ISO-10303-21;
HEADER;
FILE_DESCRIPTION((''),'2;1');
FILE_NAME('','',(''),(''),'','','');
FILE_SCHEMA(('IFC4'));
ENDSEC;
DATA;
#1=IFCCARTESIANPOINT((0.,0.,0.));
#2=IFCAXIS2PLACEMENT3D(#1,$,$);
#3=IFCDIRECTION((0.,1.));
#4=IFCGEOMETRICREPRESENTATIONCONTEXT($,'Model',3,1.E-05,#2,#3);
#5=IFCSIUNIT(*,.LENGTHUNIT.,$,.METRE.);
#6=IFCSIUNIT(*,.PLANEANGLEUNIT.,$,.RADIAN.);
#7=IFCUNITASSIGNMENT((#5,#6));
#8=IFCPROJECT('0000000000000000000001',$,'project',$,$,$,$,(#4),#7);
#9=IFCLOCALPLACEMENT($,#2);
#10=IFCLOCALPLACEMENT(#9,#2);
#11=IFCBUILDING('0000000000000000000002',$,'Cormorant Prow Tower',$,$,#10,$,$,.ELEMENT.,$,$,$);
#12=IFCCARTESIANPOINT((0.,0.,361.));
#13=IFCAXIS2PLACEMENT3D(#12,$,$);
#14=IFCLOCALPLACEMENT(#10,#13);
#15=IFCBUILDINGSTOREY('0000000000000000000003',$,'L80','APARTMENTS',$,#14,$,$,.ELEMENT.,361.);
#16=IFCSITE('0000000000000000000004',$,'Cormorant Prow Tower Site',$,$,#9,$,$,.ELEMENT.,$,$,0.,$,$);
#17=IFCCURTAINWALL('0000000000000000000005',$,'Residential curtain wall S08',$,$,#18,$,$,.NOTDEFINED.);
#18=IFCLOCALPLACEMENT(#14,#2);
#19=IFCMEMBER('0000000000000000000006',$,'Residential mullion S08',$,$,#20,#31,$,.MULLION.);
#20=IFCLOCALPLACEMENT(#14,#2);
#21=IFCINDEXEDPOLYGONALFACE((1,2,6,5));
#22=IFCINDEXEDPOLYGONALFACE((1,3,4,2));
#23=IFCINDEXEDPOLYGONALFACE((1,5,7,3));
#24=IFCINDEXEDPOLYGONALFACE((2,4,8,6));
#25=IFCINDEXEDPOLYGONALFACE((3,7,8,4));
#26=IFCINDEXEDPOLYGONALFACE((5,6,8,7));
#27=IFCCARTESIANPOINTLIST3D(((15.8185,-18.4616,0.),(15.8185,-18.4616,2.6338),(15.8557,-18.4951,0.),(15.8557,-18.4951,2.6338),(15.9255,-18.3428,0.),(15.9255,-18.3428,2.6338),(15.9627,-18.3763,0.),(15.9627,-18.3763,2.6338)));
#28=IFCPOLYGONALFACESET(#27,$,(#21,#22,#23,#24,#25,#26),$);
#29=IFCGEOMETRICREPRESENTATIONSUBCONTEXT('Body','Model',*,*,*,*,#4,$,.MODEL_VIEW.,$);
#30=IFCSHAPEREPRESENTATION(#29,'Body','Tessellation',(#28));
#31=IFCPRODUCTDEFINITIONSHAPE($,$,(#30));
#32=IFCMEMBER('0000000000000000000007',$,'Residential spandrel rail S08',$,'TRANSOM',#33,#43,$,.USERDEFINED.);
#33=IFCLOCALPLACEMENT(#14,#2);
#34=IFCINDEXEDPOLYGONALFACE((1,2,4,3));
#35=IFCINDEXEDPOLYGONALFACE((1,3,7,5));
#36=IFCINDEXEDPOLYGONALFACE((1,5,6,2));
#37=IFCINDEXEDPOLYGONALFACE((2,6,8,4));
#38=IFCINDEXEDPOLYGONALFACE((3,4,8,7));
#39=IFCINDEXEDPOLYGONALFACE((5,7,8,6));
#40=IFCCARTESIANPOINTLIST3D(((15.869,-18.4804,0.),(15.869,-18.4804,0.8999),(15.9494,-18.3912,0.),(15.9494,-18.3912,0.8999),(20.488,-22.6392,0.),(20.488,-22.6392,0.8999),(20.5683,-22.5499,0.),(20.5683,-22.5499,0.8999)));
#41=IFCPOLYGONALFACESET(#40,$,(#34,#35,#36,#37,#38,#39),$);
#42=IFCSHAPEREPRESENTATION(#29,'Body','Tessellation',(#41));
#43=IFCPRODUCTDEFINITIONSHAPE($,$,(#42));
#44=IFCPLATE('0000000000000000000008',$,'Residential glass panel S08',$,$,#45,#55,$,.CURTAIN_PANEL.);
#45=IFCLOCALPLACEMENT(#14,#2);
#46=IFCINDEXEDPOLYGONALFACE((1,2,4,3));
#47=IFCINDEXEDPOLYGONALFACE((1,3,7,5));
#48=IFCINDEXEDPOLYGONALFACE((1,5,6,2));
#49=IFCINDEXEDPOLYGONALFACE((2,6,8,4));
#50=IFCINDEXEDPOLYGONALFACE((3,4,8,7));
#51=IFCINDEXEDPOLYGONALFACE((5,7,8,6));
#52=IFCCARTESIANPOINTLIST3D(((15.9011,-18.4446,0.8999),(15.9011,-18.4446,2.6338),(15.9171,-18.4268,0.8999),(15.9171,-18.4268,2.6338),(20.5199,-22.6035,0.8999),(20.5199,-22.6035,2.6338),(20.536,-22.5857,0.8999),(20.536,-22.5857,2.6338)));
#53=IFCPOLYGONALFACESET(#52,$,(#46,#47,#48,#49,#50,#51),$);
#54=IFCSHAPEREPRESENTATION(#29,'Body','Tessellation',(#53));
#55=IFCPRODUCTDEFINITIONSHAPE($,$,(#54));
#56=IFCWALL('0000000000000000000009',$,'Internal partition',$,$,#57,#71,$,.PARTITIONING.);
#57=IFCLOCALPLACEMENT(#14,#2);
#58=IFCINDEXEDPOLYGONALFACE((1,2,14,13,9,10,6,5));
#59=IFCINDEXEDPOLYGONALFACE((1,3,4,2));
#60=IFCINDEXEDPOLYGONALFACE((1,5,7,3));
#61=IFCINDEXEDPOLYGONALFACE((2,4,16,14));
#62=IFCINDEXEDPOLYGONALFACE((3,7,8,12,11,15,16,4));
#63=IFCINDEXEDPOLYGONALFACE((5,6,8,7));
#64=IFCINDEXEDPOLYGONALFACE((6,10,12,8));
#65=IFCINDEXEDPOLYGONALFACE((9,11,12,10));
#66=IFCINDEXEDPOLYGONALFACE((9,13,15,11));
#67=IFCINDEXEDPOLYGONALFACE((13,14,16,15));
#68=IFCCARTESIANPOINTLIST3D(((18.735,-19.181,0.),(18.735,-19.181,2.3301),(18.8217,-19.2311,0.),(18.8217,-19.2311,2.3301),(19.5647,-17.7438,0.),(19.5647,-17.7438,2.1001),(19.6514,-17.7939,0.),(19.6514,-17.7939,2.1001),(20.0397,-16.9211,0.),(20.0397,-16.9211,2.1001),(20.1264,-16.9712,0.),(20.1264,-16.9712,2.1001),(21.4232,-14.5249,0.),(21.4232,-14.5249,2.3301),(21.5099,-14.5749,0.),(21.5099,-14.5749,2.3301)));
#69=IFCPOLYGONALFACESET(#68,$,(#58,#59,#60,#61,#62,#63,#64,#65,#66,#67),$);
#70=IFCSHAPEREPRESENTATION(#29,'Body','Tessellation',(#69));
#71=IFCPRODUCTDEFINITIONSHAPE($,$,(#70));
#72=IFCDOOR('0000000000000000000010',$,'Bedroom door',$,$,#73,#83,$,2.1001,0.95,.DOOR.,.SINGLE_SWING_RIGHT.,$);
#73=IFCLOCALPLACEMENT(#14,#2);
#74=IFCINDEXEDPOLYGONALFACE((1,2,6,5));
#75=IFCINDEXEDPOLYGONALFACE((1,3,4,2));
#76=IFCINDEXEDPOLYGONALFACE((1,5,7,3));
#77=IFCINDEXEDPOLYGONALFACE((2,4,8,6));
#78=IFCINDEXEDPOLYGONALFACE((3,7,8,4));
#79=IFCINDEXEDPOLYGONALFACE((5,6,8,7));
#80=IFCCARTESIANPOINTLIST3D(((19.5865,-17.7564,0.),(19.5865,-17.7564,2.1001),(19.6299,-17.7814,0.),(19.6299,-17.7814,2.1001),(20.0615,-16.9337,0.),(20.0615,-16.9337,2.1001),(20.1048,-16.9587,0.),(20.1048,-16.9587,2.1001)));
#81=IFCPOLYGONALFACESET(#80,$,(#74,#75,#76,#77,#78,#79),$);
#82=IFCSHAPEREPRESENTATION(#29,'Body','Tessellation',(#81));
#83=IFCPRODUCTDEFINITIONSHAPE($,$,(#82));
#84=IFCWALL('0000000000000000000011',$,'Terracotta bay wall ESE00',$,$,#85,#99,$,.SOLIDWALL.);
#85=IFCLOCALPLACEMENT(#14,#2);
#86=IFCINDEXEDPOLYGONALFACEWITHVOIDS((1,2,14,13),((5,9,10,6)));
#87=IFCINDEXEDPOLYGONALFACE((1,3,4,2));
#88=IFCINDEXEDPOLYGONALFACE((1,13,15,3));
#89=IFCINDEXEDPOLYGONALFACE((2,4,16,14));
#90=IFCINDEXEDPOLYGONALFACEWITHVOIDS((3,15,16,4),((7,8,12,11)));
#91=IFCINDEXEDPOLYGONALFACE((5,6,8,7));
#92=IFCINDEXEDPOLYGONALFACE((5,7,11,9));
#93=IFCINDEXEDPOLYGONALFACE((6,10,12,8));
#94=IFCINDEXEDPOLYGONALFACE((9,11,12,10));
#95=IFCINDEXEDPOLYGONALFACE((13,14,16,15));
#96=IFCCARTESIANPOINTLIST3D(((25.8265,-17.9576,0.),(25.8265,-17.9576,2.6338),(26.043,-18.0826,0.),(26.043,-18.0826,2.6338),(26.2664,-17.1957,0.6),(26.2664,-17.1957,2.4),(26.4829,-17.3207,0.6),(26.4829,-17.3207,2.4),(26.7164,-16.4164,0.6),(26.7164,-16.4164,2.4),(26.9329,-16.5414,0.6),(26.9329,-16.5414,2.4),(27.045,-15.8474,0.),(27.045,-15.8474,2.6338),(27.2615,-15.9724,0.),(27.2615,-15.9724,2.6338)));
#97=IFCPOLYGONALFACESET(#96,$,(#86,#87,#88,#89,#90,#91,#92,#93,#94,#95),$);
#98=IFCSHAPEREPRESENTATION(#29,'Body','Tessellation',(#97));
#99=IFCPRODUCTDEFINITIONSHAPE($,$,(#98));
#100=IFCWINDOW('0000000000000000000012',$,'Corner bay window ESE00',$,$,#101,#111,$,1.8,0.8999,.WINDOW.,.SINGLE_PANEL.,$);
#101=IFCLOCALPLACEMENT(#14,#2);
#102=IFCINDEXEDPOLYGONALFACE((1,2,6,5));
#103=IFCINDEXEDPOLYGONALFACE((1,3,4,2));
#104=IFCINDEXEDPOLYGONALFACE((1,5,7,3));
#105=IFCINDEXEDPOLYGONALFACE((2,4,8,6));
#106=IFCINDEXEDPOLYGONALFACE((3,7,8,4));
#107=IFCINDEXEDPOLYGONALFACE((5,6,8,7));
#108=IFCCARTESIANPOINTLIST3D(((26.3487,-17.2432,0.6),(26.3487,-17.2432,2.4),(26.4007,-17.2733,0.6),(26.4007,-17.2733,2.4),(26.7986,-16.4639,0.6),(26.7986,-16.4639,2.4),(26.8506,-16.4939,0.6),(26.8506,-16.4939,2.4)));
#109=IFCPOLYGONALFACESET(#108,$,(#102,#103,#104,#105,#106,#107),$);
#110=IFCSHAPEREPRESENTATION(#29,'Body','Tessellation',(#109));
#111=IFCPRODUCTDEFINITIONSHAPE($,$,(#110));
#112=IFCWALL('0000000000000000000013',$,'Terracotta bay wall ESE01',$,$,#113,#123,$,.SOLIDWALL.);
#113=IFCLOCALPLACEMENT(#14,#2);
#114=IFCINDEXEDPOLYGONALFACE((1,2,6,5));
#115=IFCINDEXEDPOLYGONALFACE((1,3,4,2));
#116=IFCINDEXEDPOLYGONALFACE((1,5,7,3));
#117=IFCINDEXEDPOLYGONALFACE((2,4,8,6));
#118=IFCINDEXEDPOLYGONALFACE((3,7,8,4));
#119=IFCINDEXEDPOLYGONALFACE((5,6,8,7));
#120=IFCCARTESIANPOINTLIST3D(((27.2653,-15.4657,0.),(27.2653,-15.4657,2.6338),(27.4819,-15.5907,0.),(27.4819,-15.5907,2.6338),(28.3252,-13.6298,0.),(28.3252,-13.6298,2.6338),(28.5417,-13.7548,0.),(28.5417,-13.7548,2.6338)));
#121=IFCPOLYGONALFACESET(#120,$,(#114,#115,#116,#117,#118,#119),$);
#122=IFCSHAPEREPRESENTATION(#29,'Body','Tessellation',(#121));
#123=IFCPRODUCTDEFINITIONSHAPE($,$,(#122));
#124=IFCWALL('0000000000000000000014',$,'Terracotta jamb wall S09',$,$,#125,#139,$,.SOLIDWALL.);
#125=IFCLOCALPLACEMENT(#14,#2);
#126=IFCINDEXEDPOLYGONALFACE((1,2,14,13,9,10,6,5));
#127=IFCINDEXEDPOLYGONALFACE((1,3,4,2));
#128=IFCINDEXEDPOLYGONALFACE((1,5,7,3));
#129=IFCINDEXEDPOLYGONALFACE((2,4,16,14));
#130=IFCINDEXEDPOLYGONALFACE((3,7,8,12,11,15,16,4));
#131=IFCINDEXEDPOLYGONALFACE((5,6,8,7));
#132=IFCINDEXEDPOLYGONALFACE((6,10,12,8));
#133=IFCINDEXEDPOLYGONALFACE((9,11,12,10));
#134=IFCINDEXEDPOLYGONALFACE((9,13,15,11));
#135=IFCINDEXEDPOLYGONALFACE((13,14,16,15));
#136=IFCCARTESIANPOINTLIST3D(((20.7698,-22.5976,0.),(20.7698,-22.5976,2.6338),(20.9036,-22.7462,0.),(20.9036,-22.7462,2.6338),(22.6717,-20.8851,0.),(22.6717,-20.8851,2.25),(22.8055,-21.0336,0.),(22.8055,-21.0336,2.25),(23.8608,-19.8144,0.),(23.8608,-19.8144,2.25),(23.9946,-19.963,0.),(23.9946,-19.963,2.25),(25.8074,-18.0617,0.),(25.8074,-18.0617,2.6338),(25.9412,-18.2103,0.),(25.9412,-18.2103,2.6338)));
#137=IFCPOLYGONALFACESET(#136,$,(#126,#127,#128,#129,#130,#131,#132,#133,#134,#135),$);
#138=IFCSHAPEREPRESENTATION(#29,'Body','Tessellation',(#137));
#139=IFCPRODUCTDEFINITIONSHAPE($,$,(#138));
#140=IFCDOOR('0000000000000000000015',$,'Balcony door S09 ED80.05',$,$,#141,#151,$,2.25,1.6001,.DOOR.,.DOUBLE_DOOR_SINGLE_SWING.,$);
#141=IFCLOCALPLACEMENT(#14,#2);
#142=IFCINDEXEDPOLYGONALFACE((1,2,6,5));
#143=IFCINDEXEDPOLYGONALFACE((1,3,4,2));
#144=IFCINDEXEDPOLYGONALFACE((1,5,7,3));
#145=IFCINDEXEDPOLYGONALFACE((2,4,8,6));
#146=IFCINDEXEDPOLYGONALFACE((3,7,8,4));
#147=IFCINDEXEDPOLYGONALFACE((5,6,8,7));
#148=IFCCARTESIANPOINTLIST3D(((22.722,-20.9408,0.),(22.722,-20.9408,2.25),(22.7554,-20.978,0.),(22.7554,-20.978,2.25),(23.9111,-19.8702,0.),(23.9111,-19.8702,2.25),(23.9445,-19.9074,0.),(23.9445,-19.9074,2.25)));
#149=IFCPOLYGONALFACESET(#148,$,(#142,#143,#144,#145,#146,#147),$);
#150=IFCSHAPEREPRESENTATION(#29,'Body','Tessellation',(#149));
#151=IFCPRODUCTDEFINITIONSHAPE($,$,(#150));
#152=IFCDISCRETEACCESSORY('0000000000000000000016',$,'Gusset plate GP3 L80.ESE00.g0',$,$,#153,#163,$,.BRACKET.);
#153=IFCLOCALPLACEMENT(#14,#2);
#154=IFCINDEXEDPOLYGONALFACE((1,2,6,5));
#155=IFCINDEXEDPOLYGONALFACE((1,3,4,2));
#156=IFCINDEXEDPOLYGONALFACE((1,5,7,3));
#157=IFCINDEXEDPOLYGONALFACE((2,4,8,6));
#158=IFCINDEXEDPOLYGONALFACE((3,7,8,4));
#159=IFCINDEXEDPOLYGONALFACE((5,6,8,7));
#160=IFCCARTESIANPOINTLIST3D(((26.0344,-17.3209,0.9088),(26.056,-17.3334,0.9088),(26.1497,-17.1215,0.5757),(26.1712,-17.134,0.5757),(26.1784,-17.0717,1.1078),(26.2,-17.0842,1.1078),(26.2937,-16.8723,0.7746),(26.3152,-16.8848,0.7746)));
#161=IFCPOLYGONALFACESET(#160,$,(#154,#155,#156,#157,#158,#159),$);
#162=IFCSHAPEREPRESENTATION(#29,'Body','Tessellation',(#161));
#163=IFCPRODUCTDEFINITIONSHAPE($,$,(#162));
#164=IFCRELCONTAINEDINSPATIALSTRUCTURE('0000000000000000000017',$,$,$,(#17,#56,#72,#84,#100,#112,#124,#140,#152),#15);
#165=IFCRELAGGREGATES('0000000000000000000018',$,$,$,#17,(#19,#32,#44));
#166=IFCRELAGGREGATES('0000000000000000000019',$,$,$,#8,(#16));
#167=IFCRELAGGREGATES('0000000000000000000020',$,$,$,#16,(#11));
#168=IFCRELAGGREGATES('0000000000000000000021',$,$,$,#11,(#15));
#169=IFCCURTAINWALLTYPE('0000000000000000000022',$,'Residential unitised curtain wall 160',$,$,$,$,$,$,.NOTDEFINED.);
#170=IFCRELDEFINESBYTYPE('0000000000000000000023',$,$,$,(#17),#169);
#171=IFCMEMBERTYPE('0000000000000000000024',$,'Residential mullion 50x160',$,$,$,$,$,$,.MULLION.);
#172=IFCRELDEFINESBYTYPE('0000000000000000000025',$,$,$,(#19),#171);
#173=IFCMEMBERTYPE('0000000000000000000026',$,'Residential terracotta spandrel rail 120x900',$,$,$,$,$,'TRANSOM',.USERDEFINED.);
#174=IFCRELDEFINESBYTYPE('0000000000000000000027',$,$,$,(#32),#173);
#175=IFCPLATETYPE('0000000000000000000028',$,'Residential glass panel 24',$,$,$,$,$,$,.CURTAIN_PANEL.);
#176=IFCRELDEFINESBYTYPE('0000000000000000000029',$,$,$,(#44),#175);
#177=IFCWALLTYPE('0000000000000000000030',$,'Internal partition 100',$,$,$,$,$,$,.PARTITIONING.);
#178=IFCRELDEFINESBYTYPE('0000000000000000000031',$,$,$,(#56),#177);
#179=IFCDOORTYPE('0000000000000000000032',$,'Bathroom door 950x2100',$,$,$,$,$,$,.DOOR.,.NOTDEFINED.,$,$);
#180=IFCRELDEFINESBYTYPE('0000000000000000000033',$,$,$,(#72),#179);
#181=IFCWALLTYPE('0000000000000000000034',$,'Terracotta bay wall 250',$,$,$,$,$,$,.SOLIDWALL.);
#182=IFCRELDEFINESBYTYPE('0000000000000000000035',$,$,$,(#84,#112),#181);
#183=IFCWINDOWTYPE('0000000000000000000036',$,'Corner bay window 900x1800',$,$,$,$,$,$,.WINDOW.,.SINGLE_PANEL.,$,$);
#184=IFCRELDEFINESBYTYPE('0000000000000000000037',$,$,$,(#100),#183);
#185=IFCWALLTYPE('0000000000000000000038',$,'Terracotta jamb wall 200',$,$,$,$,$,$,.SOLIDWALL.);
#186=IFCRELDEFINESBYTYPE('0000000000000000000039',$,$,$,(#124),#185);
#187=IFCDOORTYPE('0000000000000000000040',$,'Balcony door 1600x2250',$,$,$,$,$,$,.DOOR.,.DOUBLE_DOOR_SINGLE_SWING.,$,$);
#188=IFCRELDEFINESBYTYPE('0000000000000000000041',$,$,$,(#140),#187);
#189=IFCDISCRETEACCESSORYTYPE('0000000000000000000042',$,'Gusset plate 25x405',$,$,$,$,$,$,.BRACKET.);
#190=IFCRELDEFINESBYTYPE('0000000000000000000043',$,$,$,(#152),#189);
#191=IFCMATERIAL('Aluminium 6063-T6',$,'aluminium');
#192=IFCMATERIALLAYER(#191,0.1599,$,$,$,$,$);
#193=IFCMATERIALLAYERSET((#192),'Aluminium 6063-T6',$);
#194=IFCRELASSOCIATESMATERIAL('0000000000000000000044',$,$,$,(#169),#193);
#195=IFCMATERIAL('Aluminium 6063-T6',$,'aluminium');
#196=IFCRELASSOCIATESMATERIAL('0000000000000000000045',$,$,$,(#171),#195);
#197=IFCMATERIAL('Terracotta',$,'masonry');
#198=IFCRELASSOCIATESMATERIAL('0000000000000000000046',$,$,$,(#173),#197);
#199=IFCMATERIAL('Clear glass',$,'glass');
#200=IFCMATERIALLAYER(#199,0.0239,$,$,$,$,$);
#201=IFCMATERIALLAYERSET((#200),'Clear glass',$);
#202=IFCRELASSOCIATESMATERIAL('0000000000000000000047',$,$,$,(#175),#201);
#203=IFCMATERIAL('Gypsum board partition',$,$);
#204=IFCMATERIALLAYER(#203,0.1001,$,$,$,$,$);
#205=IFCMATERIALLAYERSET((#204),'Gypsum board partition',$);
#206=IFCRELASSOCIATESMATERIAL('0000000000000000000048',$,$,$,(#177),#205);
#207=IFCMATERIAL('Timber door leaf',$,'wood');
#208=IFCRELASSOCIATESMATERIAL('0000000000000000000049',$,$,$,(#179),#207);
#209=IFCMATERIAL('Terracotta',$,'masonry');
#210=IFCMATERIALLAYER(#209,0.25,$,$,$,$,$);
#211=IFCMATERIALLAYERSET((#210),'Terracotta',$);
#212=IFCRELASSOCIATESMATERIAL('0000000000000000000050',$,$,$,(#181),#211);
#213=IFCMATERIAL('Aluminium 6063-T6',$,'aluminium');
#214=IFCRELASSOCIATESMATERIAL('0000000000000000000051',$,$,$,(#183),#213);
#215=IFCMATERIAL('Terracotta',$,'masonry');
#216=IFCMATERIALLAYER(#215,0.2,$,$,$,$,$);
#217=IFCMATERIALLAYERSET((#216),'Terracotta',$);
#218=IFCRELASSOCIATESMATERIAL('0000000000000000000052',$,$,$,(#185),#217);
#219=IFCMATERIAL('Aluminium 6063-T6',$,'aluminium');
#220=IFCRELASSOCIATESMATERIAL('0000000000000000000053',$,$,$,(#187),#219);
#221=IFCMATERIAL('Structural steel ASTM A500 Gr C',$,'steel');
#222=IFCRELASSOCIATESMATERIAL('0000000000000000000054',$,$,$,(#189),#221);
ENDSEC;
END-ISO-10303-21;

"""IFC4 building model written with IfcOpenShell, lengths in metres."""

from ifc_helpers import new_model, si_unit, direction, frame, frame_2d, origin, origin_2d, place, context, subcontext, project, spatial, rectangle, extrude, material, layer, layer_set, material_profile, profile_set, type_object, element, fill, aggregate, save


model = new_model("IFC4")

# Units and contexts
model_context = context("Model", 3, precision=1e-05, world=origin(), true_north=direction((0.0, 1.0)))
body_context = subcontext(model_context, "Body", "Model", "MODEL_VIEW")
ifc_project = project(units=[si_unit("LENGTHUNIT", "METRE"), si_unit("PLANEANGLEUNIT", "RADIAN")], contexts=[model_context])

# Site, building, storey
site_placement = place(None, origin())
site = spatial("IfcSite", under=ifc_project, at=site_placement, Name="Cormorant Prow Tower Site", CompositionType="ELEMENT", RefElevation=0.0)
building_placement = place(site_placement, origin())
building = spatial("IfcBuilding", under=site, at=building_placement, Name="Cormorant Prow Tower", CompositionType="ELEMENT")
storey_placement = place(building_placement, frame((0.0, 0.0, 361.0)))
storey = spatial("IfcBuildingStorey", under=building, at=storey_placement, Name="L80", Description="APARTMENTS", CompositionType="ELEMENT", Elevation=361.0)

# Curtain wall, members, plate
ifc_material_1 = material(Name="Aluminium 6063-T6", Category="aluminium")
ifc_layer_1 = layer(ifc_material_1, 0.1599)
ifc_layer_set_1 = layer_set([ifc_layer_1], Name="Aluminium 6063-T6")
curtain_wall_type = type_object("IfcCurtainWallType", Name="Residential unitised curtain wall 160", PredefinedType="NOTDEFINED", material=ifc_layer_set_1)
curtain_wall_placement = place(storey_placement, origin())
curtain_wall = element("IfcCurtainWall", 1, at=curtain_wall_placement, inside=storey, type_object=curtain_wall_type, Name="Residential curtain wall S08", PredefinedType="NOTDEFINED")
ifc_material_2 = material(Name="Aluminium 6063-T6", Category="aluminium")
ifc_material_profile_1 = material_profile(ifc_material_2, rectangle(XDim=0.1599, YDim=0.05, at=origin_2d()), Name="Residential mullion 50x160")
ifc_profile_set_1 = profile_set([ifc_material_profile_1], Name="Aluminium 6063-T6")
member_type_1 = type_object("IfcMemberType", Name="Residential mullion 50x160", PredefinedType="MULLION", material=ifc_profile_set_1)
member_1_placement = place(storey_placement, frame((15.8906, -18.4189, 0.0), z_axis=(0.0, 0.0, 1.0), x_axis=(0.669131, 0.743145, 0.0)))
member_1 = element("IfcMember", 2, at=member_1_placement, type_object=member_type_1, Name="Residential mullion S08", PredefinedType="MULLION", context=body_context, shape_type="SweptSolid", body=[
    extrude(rectangle(XDim=0.1599, YDim=0.05, at=origin_2d()), origin(), (0.0, 0.0, 1.0), 2.6338),
])
ifc_material_3 = material(Name="Terracotta", Category="masonry")
ifc_material_profile_2 = material_profile(ifc_material_3, rectangle(XDim=0.1201, YDim=0.8999, at=origin_2d()), Name="Residential terracotta spandrel rail 120x900")
ifc_profile_set_2 = profile_set([ifc_material_profile_2], Name="Terracotta")
member_type_2 = type_object("IfcMemberType", Name="Residential terracotta spandrel rail 120x900", ElementType="TRANSOM", PredefinedType="USERDEFINED", material=ifc_profile_set_2)
member_2_placement = place(storey_placement, frame((15.9092, -18.4358, 0.45), z_axis=(0.743159, -0.669114, 0.0), x_axis=(0.669114, 0.743159, 0.0)))
member_2 = element("IfcMember", 3, at=member_2_placement, type_object=member_type_2, Name="Residential spandrel rail S08", ObjectType="TRANSOM", PredefinedType="USERDEFINED", context=body_context, shape_type="SweptSolid", body=[
    extrude(rectangle(XDim=0.1201, YDim=0.8999, at=origin_2d()), origin(), (0.0, 0.0, 1.0), 6.2153),
])
ifc_material_4 = material(Name="Clear glass", Category="glass")
ifc_layer_2 = layer(ifc_material_4, 0.0239)
ifc_layer_set_2 = layer_set([ifc_layer_2], Name="Clear glass")
plate_type = type_object("IfcPlateType", Name="Residential glass panel 24", PredefinedType="CURTAIN_PANEL", material=ifc_layer_set_2)
plate_placement = place(storey_placement, frame((18.2185, -20.5151, 0.8999), z_axis=(0.0, 0.0, 1.0), x_axis=(0.743145, -0.669131, 0.0)))
plate = element("IfcPlate", 4, at=plate_placement, type_object=plate_type, Name="Residential glass panel S08", PredefinedType="CURTAIN_PANEL", context=body_context, shape_type="SweptSolid", body=[
    extrude(rectangle(XDim=6.2153, YDim=0.0239, at=origin_2d()), origin(), (0.0, 0.0, 1.0), 1.7339),
])
aggregate(curtain_wall, [member_1, member_2, plate])

# Wall, opening, door
ifc_material_5 = material(Name="Gypsum board partition")
ifc_layer_3 = layer(ifc_material_5, 0.1001)
ifc_layer_set_3 = layer_set([ifc_layer_3], Name="Gypsum board partition")
wall_type_1 = type_object("IfcWallType", Name="Internal partition 100", PredefinedType="PARTITIONING", material=ifc_layer_set_3)
wall_1_placement = place(storey_placement, frame((18.7783, -19.2061, 0.0), z_axis=(0.0, 0.0, 1.0), x_axis=(0.499992, 0.86603, 0.0)))
wall_1 = element("IfcWall", 5, at=wall_1_placement, inside=storey, type_object=wall_type_1, Name="Internal partition", PredefinedType="PARTITIONING", context=body_context, shape_type="SweptSolid", body=[
    extrude(rectangle(XDim=5.3765, YDim=0.1001, at=frame_2d((2.6882, 0.0))), origin(), (0.0, 0.0, 1.0), 2.3301),
])
opening_1_placement = place(wall_1_placement, frame((1.6594, 0.0, 0.0)))
opening_1 = element("IfcOpeningElement", 6, at=opening_1_placement, cuts=wall_1, PredefinedType="OPENING", context=body_context, shape_type="SweptSolid", body=[
    extrude(rectangle(XDim=0.95, YDim=2.1001, at=frame_2d((0.4751, 1.05))), frame((0.0, 0.0601, 0.0), z_axis=(0.0, -1.0, 0.0), x_axis=(1.0, 0.0, 0.0)), (0.0, 0.0, 1.0), 0.1201),
])
ifc_material_6 = material(Name="Timber door leaf", Category="wood")
door_type_1 = type_object("IfcDoorType", Name="Bathroom door 950x2100", OperationType="NOTDEFINED", PredefinedType="DOOR", material=ifc_material_6)
door_1_placement = place(opening_1_placement, origin())
door_1 = element("IfcDoor", 7, at=door_1_placement, inside=storey, type_object=door_type_1, Name="Bedroom door", OperationType="SINGLE_SWING_RIGHT", OverallHeight=2.1001, OverallWidth=0.95, PredefinedType="DOOR", context=body_context, shape_type="SweptSolid", body=[
    extrude(rectangle(XDim=0.95, YDim=2.1001, at=frame_2d((0.4751, 1.05))), frame((0.0, 0.0249, 0.0), z_axis=(0.0, -1.0, 0.0), x_axis=(1.0, 0.0, 0.0)), (0.0, 0.0, 1.0), 0.05),
])
fill(opening_1, door_1)

# Wall, opening, window
ifc_material_7 = material(Name="Terracotta", Category="masonry")
ifc_layer_4 = layer(ifc_material_7, 0.25)
ifc_layer_set_4 = layer_set([ifc_layer_4], Name="Terracotta")
wall_type_2 = type_object("IfcWallType", Name="Terracotta bay wall 250", PredefinedType="SOLIDWALL", material=ifc_layer_set_4)
wall_2_placement = place(storey_placement, frame((25.9348, -18.02, 0.0), z_axis=(0.0, 0.0, 1.0), x_axis=(0.500029, 0.866009, 0.0)))
wall_2 = element("IfcWall", 8, at=wall_2_placement, inside=storey, type_object=wall_type_2, Name="Terracotta bay wall ESE00", PredefinedType="SOLIDWALL", context=body_context, shape_type="SweptSolid", body=[
    extrude(rectangle(XDim=2.4368, YDim=0.25, at=frame_2d((1.2183, 0.0))), origin(), (0.0, 0.0, 1.0), 2.6338),
])
opening_2_placement = place(wall_2_placement, frame((0.8796, 0.0, 0.6001)))
opening_2 = element("IfcOpeningElement", 9, at=opening_2_placement, cuts=wall_2, PredefinedType="OPENING", context=body_context, shape_type="SweptSolid", body=[
    extrude(rectangle(XDim=0.8999, YDim=1.8, at=frame_2d((0.45, 0.8999))), frame((0.0, 0.135, 0.0), z_axis=(0.0, -1.0, 0.0), x_axis=(1.0, 0.0, 0.0)), (0.0, 0.0, 1.0), 0.27),
])
ifc_material_8 = material(Name="Aluminium 6063-T6", Category="aluminium")
window_type = type_object("IfcWindowType", Name="Corner bay window 900x1800", PartitioningType="SINGLE_PANEL", PredefinedType="WINDOW", material=ifc_material_8)
window_placement = place(opening_2_placement, origin())
window = element("IfcWindow", 10, at=window_placement, inside=storey, type_object=window_type, Name="Corner bay window ESE00", OverallHeight=1.8, OverallWidth=0.8999, PartitioningType="SINGLE_PANEL", PredefinedType="WINDOW", context=body_context, shape_type="SweptSolid", body=[
    extrude(rectangle(XDim=0.8999, YDim=1.8, at=frame_2d((0.45, 0.8999))), frame((0.0, 0.03, 0.0), z_axis=(0.0, -1.0, 0.0), x_axis=(1.0, 0.0, 0.0)), (0.0, 0.0, 1.0), 0.0601),
])
fill(opening_2, window)

# Wall
wall_3_placement = place(storey_placement, frame((27.3735, -15.5283, 0.0), z_axis=(0.0, 0.0, 1.0), x_axis=(0.499942, 0.866059, 0.0)))
element("IfcWall", 11, at=wall_3_placement, inside=storey, type_object=wall_type_2, Name="Terracotta bay wall ESE01", PredefinedType="SOLIDWALL", context=body_context, shape_type="SweptSolid", body=[
    extrude(rectangle(XDim=2.1199, YDim=0.25, at=frame_2d((1.0601, 0.0))), origin(), (0.0, 0.0, 1.0), 2.6338),
])

# Wall, opening, door
ifc_material_9 = material(Name="Terracotta", Category="masonry")
ifc_layer_5 = layer(ifc_material_9, 0.2)
ifc_layer_set_5 = layer_set([ifc_layer_5], Name="Terracotta")
wall_type_3 = type_object("IfcWallType", Name="Terracotta jamb wall 200", PredefinedType="SOLIDWALL", material=ifc_layer_set_5)
wall_4_placement = place(storey_placement, frame((20.8367, -22.6719, 0.0), z_axis=(0.0, 0.0, 1.0), x_axis=(0.743144, 0.669132, 0.0)))
wall_4 = element("IfcWall", 12, at=wall_4_placement, inside=storey, type_object=wall_type_3, Name="Terracotta jamb wall S09", PredefinedType="SOLIDWALL", context=body_context, shape_type="SweptSolid", body=[
    extrude(rectangle(XDim=6.7788, YDim=0.2, at=frame_2d((3.3894, 0.0))), origin(), (0.0, 0.0, 1.0), 2.6338),
])
opening_3_placement = place(wall_4_placement, frame((2.5593, 0.0, 0.0)))
opening_3 = element("IfcOpeningElement", 13, at=opening_3_placement, cuts=wall_4, PredefinedType="OPENING", context=body_context, shape_type="SweptSolid", body=[
    extrude(rectangle(XDim=1.6001, YDim=2.25, at=frame_2d((0.8, 1.125))), frame((0.0, 0.1099, 0.0), z_axis=(0.0, -1.0, 0.0), x_axis=(1.0, 0.0, 0.0)), (0.0, 0.0, 1.0), 0.22),
])
ifc_material_10 = material(Name="Aluminium 6063-T6", Category="aluminium")
door_type_2 = type_object("IfcDoorType", Name="Balcony door 1600x2250", OperationType="DOUBLE_DOOR_SINGLE_SWING", PredefinedType="DOOR", material=ifc_material_10)
door_2_placement = place(opening_3_placement, origin())
door_2 = element("IfcDoor", 14, at=door_2_placement, inside=storey, type_object=door_type_2, Name="Balcony door S09 ED80.05", OperationType="DOUBLE_DOOR_SINGLE_SWING", OverallHeight=2.25, OverallWidth=1.6001, PredefinedType="DOOR", context=body_context, shape_type="SweptSolid", body=[
    extrude(rectangle(XDim=1.6001, YDim=2.25, at=frame_2d((0.8, 1.125))), frame((0.0, 0.0249, 0.0), z_axis=(0.0, -1.0, 0.0), x_axis=(1.0, 0.0, 0.0)), (0.0, 0.0, 1.0), 0.05),
])
fill(opening_3, door_2)

# Discrete accessory
ifc_material_11 = material(Name="Structural steel ASTM A500 Gr C", Category="steel")
ifc_material_profile_3 = material_profile(ifc_material_11, rectangle(XDim=0.0249, YDim=0.405, at=origin_2d()), Name="Gusset plate 25x405")
ifc_profile_set_3 = profile_set([ifc_material_profile_3], Name="Structural steel ASTM A500 Gr C")
discrete_accessory_type = type_object("IfcDiscreteAccessoryType", Name="Gusset plate 25x405", PredefinedType="BRACKET", material=ifc_profile_set_3)
for number, where, z_axis, x_axis, name in (
    (15, (26.2468, -16.9783, 0.9412), (-0.411596, -0.71227, -0.56856), (0.865832, -0.500334, 0.0), "Gusset plate GP3 L80.ESE00.g0"),
):
    element("IfcDiscreteAccessory", number, at=place(storey_placement, frame(where, z_axis=z_axis, x_axis=x_axis)), inside=storey, type_object=discrete_accessory_type, Name=name, PredefinedType="BRACKET", context=body_context, shape_type="SweptSolid", body=[
        extrude(rectangle(XDim=0.0249, YDim=0.405, at=origin_2d()), origin(), (0.0, 0.0, 1.0), 0.3499),
    ])

save(model, "model.ifc")
